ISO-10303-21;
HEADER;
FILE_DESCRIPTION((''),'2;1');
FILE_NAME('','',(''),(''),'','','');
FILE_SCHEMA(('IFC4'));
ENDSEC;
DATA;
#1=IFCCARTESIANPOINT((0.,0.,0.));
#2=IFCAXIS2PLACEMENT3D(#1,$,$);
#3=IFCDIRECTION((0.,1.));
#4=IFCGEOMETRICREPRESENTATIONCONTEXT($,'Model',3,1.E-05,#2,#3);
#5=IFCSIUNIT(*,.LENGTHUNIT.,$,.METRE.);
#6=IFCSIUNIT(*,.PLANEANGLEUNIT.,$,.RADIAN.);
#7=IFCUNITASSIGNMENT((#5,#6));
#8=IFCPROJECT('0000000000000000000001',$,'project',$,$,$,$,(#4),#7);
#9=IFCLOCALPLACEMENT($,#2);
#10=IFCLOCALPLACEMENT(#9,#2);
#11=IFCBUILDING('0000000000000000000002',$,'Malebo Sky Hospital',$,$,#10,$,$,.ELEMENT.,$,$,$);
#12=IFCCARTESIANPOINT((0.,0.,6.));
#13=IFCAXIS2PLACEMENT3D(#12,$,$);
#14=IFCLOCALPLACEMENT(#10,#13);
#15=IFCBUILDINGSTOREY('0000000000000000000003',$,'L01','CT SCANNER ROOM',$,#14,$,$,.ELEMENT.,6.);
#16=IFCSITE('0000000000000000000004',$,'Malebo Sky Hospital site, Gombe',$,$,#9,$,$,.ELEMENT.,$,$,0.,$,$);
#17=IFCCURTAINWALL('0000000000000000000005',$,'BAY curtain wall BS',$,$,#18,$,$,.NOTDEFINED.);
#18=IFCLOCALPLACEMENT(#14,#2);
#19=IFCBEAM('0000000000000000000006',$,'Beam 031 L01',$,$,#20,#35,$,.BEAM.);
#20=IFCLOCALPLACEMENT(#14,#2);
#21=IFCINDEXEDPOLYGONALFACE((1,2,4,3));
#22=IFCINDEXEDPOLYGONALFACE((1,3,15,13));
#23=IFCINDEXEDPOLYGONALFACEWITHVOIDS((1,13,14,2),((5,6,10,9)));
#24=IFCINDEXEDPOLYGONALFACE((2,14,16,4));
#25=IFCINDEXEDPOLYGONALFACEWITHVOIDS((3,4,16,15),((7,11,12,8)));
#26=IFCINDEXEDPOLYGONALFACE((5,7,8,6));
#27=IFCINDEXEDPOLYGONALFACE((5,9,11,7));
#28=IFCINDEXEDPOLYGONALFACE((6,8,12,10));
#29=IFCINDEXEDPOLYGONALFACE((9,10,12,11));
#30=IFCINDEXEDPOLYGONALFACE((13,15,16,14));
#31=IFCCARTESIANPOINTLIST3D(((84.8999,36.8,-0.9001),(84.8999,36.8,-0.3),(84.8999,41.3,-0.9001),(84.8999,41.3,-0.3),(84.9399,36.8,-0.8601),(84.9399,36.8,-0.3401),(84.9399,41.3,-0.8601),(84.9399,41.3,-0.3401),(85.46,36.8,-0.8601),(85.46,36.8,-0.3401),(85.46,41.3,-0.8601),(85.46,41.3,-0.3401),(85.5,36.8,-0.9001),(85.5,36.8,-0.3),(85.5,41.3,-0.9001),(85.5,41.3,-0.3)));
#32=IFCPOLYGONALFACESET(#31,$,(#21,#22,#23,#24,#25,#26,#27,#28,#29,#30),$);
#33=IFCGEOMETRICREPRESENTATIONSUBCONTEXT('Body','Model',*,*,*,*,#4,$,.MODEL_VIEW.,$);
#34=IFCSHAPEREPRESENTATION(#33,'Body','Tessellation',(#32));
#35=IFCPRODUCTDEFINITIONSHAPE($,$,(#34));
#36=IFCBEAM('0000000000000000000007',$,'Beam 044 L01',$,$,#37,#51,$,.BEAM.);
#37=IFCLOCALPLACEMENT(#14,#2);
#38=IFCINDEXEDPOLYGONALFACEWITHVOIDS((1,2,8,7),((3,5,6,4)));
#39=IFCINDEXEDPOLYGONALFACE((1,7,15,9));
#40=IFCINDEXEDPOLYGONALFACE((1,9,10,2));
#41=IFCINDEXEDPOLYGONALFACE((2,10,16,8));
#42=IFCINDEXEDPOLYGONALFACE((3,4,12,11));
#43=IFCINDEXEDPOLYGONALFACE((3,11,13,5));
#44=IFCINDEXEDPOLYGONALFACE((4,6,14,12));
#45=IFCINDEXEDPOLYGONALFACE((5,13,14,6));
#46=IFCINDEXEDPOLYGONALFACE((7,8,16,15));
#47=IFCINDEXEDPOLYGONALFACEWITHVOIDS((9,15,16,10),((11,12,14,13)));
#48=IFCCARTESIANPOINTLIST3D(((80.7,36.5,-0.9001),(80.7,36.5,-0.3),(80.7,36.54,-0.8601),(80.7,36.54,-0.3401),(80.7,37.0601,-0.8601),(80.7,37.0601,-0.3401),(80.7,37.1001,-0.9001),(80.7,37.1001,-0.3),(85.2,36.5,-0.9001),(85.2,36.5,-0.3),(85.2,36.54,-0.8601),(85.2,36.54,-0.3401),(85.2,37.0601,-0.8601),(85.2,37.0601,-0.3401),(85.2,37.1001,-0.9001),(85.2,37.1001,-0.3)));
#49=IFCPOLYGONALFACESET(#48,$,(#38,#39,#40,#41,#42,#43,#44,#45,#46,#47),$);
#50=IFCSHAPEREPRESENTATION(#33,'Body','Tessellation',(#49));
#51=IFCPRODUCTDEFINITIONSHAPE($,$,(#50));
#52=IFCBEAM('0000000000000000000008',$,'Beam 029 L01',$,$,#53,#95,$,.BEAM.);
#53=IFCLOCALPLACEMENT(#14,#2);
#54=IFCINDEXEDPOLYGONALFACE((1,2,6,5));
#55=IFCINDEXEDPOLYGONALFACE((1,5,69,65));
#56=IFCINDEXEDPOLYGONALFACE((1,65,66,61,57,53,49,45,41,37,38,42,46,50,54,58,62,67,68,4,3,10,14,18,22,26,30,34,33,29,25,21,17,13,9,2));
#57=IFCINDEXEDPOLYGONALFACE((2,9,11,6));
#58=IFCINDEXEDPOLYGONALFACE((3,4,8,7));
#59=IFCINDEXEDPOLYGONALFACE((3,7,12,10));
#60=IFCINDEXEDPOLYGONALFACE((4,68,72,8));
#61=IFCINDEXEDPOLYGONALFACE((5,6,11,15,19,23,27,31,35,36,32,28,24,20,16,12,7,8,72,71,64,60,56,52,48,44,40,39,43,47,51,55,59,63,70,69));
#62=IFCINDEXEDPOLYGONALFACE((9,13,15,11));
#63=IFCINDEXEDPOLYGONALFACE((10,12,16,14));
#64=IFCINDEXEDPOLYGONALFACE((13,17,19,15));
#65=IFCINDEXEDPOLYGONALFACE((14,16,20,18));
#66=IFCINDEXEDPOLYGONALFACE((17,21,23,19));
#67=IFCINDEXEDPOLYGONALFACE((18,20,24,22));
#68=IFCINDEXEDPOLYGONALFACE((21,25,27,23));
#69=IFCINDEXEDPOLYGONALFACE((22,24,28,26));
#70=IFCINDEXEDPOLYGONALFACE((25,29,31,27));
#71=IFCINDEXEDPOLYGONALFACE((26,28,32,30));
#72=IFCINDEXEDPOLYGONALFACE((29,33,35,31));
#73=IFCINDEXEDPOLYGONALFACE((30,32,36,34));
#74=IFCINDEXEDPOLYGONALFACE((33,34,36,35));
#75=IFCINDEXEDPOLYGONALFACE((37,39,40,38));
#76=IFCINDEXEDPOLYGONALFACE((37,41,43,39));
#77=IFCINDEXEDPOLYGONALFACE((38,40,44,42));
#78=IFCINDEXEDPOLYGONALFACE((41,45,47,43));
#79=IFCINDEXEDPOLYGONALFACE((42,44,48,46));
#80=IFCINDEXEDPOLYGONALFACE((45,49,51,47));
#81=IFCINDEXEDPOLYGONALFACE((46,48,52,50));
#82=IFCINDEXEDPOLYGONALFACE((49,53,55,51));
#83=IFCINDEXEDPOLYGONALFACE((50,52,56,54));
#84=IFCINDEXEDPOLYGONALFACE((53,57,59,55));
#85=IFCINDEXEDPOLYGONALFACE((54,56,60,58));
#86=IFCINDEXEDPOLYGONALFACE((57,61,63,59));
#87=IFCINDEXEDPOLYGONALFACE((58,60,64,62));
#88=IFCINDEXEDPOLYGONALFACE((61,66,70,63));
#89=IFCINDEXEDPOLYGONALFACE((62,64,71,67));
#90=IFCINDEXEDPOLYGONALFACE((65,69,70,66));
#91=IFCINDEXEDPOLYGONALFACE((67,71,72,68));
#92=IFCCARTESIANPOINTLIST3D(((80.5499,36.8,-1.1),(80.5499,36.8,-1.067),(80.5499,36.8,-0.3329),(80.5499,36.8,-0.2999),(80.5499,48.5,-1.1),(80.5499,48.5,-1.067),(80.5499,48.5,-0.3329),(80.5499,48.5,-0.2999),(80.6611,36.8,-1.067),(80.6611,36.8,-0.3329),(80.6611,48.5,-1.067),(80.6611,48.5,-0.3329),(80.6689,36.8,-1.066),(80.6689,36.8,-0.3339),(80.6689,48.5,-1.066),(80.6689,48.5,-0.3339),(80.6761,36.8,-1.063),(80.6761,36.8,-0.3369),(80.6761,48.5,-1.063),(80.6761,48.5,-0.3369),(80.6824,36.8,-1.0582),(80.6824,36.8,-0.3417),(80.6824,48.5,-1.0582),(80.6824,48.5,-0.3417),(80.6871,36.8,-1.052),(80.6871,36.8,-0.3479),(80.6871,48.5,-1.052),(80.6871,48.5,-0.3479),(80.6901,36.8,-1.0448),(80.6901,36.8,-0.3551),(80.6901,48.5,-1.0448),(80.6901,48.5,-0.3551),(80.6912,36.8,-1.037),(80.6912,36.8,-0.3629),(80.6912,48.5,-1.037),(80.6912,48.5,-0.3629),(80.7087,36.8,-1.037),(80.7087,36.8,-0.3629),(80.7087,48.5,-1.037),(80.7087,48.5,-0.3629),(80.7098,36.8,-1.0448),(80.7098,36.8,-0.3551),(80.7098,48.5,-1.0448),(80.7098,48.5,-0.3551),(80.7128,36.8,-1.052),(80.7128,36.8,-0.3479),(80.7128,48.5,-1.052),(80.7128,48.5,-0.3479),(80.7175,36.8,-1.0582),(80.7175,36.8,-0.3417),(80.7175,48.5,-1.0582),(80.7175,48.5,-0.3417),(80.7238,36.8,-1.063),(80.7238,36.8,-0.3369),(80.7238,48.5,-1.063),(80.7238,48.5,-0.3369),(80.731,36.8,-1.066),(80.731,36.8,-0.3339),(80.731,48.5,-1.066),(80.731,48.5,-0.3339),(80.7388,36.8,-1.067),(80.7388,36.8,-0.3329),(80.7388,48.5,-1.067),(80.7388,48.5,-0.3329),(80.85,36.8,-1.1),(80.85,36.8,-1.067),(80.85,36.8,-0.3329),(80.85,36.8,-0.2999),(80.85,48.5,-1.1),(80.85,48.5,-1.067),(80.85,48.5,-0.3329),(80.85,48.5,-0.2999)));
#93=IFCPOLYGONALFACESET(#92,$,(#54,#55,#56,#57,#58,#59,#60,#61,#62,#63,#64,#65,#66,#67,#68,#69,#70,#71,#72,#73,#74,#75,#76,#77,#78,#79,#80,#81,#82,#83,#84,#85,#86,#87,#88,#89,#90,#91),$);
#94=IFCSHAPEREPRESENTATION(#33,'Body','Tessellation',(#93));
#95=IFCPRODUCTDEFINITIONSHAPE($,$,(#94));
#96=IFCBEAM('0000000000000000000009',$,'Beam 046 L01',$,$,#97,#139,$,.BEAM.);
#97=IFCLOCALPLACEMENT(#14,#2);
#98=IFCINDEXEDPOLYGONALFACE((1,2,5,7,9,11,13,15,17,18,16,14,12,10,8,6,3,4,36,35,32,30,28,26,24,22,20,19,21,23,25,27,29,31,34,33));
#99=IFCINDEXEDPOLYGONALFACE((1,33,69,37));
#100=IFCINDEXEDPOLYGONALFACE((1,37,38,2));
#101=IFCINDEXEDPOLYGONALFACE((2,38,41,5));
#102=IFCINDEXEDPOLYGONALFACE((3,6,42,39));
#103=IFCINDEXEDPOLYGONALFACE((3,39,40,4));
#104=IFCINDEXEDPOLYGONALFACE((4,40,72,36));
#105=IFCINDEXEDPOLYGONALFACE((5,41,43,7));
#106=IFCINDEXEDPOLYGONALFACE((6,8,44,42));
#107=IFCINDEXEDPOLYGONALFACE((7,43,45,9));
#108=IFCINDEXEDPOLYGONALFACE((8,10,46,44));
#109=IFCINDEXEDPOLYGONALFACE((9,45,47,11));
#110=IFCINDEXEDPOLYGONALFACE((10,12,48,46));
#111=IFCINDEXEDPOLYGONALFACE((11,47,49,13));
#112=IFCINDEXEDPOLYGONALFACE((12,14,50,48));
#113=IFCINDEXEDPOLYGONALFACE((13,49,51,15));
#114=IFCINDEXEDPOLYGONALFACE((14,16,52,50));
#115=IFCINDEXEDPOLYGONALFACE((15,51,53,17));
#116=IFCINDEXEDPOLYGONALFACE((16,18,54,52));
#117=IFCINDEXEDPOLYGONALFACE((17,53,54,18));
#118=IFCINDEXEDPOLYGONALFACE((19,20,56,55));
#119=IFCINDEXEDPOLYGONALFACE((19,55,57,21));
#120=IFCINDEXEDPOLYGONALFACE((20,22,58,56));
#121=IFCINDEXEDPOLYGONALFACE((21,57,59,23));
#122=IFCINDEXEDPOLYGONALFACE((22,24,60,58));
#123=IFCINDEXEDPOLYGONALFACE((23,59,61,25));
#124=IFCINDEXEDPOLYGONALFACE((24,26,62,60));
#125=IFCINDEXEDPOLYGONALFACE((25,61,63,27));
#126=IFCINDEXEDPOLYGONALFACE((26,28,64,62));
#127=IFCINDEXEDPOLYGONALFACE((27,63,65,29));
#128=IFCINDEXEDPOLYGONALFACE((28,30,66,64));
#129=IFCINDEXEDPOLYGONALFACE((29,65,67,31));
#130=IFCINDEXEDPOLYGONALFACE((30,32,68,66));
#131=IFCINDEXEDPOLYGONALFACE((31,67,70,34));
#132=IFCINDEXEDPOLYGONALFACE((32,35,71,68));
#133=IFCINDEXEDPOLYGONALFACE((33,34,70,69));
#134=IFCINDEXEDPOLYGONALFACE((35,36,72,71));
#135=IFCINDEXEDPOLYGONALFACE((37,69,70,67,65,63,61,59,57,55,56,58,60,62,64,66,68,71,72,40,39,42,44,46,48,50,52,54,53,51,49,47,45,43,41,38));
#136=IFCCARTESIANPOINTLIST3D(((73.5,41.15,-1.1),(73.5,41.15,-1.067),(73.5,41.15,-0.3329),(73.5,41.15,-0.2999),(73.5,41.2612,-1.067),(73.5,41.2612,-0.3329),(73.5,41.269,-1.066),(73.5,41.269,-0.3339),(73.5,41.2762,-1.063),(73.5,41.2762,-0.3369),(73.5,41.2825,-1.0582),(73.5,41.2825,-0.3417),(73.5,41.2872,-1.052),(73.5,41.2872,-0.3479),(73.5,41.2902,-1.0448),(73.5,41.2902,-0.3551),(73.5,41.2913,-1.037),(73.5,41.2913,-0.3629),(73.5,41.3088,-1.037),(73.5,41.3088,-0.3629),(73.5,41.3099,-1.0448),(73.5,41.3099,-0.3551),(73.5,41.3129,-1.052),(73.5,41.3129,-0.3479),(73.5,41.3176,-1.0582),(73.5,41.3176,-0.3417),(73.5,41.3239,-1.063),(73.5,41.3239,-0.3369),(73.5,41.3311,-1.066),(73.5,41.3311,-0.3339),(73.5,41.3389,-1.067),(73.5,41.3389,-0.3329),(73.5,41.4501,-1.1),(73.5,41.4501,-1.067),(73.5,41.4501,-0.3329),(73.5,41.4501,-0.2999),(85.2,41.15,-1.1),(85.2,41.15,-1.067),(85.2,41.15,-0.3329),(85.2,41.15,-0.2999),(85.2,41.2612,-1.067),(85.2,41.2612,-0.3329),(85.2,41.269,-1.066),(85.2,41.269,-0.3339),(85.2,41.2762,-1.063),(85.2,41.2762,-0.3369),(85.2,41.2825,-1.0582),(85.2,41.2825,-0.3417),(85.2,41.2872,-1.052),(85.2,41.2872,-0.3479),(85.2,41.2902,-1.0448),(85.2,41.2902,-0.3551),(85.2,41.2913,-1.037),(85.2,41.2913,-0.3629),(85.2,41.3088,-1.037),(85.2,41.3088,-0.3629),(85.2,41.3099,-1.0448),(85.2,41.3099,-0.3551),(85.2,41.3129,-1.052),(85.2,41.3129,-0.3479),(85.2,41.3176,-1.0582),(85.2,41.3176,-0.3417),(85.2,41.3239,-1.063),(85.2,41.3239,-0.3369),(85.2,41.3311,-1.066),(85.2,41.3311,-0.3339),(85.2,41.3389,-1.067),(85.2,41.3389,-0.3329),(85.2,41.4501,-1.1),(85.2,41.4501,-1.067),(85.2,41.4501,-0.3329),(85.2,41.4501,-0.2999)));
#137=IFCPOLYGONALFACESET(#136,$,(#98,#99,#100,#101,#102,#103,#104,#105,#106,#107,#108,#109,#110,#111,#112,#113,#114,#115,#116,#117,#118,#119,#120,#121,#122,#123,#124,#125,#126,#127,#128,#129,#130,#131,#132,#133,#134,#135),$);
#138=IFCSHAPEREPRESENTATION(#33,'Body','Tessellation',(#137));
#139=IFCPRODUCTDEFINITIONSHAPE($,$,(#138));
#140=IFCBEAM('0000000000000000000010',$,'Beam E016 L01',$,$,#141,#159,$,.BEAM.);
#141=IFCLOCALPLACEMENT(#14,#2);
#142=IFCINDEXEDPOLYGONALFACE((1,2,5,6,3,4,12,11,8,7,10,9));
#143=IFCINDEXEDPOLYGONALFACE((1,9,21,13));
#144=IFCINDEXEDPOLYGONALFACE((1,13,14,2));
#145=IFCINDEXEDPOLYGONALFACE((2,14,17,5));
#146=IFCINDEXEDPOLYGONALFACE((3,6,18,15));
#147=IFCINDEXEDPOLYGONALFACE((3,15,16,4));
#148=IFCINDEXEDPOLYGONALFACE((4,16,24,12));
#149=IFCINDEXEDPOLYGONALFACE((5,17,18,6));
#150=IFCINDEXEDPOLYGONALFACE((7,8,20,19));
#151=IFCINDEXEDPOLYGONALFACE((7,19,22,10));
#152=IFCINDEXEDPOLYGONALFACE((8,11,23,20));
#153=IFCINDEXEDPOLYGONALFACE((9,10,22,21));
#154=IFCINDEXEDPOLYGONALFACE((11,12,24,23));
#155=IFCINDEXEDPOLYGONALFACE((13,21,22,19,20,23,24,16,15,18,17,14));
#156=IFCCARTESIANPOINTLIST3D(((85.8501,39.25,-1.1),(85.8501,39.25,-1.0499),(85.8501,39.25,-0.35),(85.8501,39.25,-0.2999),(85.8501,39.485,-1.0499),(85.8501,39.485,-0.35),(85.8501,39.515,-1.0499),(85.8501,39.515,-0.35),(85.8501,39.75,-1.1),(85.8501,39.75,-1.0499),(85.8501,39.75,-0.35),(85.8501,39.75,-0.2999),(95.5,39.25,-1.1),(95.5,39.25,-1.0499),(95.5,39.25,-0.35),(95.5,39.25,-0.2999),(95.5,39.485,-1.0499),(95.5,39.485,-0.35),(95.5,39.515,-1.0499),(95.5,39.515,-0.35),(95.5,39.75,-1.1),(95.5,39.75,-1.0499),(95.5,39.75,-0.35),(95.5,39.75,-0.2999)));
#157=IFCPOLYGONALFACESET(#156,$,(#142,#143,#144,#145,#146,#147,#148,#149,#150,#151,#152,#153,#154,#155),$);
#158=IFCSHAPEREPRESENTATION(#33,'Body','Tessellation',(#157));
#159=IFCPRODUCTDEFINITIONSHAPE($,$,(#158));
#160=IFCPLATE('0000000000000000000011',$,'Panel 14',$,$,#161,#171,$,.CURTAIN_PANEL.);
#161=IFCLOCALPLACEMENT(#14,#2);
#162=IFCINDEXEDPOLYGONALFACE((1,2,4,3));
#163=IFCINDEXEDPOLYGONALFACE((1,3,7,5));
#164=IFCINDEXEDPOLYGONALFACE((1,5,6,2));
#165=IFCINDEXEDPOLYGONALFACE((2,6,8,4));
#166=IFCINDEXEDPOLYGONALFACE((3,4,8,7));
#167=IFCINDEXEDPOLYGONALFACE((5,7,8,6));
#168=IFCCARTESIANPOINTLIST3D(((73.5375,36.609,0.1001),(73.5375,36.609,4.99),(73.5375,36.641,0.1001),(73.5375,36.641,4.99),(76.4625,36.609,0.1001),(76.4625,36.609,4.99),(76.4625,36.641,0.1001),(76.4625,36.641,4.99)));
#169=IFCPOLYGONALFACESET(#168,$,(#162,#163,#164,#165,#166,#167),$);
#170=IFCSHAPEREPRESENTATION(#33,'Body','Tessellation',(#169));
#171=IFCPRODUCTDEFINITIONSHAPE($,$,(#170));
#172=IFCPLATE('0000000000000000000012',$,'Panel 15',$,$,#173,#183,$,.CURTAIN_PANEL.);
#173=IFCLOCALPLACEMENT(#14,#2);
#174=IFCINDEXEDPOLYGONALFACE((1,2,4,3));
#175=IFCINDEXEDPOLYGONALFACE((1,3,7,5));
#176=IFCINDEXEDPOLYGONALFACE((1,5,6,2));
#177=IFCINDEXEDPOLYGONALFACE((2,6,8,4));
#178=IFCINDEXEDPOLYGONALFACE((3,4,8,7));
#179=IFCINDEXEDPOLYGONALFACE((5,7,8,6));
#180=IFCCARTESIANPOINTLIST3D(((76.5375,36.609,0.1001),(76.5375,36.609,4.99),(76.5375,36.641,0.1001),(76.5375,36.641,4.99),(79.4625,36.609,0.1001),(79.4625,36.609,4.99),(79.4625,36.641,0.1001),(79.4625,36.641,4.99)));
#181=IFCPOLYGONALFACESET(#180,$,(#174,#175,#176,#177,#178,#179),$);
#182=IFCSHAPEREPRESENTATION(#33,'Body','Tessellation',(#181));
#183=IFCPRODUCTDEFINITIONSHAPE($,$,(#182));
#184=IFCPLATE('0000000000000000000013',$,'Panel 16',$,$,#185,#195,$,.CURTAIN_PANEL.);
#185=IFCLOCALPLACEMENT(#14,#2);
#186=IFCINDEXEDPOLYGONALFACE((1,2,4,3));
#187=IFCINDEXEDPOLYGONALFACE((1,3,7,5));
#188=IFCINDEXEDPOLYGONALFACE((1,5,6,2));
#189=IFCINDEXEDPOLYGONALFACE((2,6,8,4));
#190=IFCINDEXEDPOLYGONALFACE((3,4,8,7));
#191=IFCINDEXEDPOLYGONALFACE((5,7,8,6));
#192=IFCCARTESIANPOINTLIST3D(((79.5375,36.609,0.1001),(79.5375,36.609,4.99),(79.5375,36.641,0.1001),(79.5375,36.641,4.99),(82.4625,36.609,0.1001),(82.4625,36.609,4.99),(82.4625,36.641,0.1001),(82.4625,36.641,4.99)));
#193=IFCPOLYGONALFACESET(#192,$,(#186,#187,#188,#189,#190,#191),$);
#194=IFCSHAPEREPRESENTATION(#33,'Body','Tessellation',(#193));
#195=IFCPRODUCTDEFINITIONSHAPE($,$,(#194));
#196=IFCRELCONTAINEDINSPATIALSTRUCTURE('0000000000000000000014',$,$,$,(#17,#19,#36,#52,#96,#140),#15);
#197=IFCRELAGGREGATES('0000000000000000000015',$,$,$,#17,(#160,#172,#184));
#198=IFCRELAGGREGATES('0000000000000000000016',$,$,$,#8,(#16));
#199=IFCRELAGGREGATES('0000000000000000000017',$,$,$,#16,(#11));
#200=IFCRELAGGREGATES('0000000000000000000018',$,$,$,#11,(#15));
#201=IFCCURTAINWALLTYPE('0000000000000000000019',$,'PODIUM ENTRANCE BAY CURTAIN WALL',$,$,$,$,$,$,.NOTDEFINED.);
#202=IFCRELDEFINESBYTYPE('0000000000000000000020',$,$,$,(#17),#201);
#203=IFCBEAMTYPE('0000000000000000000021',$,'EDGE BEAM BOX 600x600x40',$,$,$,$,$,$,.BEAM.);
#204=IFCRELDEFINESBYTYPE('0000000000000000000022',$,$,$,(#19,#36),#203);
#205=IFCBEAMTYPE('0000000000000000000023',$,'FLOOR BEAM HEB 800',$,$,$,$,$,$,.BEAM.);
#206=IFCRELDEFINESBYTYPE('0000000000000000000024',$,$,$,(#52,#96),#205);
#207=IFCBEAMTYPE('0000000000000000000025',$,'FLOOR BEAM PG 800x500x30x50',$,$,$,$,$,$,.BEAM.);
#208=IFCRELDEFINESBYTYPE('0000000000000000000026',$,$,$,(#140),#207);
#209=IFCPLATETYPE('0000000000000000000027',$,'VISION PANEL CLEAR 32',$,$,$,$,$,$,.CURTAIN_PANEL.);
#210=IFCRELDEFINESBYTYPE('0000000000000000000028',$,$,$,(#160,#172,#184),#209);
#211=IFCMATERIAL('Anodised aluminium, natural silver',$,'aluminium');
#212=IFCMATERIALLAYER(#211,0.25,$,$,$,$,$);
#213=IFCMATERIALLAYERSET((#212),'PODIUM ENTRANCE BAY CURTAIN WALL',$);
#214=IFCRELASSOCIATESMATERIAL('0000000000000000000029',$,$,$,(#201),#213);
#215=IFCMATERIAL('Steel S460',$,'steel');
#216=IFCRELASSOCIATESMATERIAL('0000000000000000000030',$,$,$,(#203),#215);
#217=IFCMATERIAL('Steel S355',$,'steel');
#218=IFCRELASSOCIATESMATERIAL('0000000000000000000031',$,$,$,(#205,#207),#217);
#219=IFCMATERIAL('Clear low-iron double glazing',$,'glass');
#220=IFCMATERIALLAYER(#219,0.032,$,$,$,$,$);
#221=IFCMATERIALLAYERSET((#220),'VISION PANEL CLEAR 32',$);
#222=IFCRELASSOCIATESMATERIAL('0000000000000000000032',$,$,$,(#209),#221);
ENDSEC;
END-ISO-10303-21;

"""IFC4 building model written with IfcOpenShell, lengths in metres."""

from ifc_helpers import new_model, si_unit, direction, frame, origin, origin_2d, place, context, subcontext, project, spatial, rectangle, hollow_rectangle, i_section, extrude, material, layer, layer_set, material_profile, profile_set, type_object, element, aggregate, save


model = new_model("IFC4")

# Units and contexts
model_context = context("Model", 3, precision=1e-05, world=origin(), true_north=direction((0.0, 1.0)))
body_context = subcontext(model_context, "Body", "Model", "MODEL_VIEW")
ifc_project = project(units=[si_unit("LENGTHUNIT", "METRE"), si_unit("PLANEANGLEUNIT", "RADIAN")], contexts=[model_context])

# Site, building, storey
site_placement = place(None, origin())
site = spatial("IfcSite", under=ifc_project, at=site_placement, Name="Malebo Sky Hospital site, Gombe", CompositionType="ELEMENT", RefElevation=0.0)
building_placement = place(site_placement, origin())
building = spatial("IfcBuilding", under=site, at=building_placement, Name="Malebo Sky Hospital", CompositionType="ELEMENT")
storey_placement = place(building_placement, frame((0.0, 0.0, 6.0)))
storey = spatial("IfcBuildingStorey", under=building, at=storey_placement, Name="L01", Description="CT SCANNER ROOM", CompositionType="ELEMENT", Elevation=6.0)

# Shared definitions
ifc_material_1 = material(Name="Steel S460", Category="steel")

# Curtain wall
ifc_material_2 = material(Name="Anodised aluminium, natural silver", Category="aluminium")
ifc_layer_1 = layer(ifc_material_2, 0.25)
ifc_layer_set_1 = layer_set([ifc_layer_1], Name="PODIUM ENTRANCE BAY CURTAIN WALL")
curtain_wall_type_1 = type_object("IfcCurtainWallType", Name="PODIUM ENTRANCE BAY CURTAIN WALL", PredefinedType="NOTDEFINED", material=ifc_layer_set_1)
curtain_wall_1_placement = place(storey_placement, origin())
curtain_wall_1 = element("IfcCurtainWall", 1, at=curtain_wall_1_placement, inside=storey, type_object=curtain_wall_type_1, Name="BAY curtain wall BS", PredefinedType="NOTDEFINED")

# Beams
ifc_material_profile_1 = material_profile(ifc_material_1, hollow_rectangle(XDim=0.6001, YDim=0.6001, WallThickness=0.04, at=origin_2d()), Name="BOX 600x600x40")
ifc_profile_set_1 = profile_set([ifc_material_profile_1], Name="Steel S460")
beam_type_1 = type_object("IfcBeamType", Name="EDGE BEAM BOX 600x600x40", PredefinedType="BEAM", material=ifc_profile_set_1)
for number, where, z_axis, x_axis, name in (
    (2, (85.2, 36.8, -0.6001), (0.0, 1.0, 0.0), (-1.0, 0.0, 0.0), "Beam 031 L01"),
    (3, (80.7, 36.8, -0.6001), (1.0, 0.0, 0.0), (0.0, 1.0, 0.0), "Beam 044 L01"),
):
    element("IfcBeam", number, at=place(storey_placement, frame(where, z_axis=z_axis, x_axis=x_axis)), inside=storey, type_object=beam_type_1, Name=name, PredefinedType="BEAM", context=body_context, shape_type="SweptSolid", body=[
        extrude(hollow_rectangle(XDim=0.6001, YDim=0.6001, WallThickness=0.04, at=origin_2d()), origin(), (0.0, 0.0, 1.0), 4.5),
    ])
ifc_material_3 = material(Name="Steel S355", Category="steel")
ifc_material_profile_2 = material_profile(ifc_material_3, i_section(OverallWidth=0.3, OverallDepth=0.8, WebThickness=0.0176, FlangeThickness=0.033, FilletRadius=0.03, at=origin_2d()), Name="HEB 800")
ifc_profile_set_2 = profile_set([ifc_material_profile_2], Name="Steel S355")
beam_type_2 = type_object("IfcBeamType", Name="FLOOR BEAM HEB 800", PredefinedType="BEAM", material=ifc_profile_set_2)
for number, where, z_axis, x_axis, name in (
    (4, (80.7, 36.8, -0.7), (0.0, 1.0, 0.0), (-1.0, 0.0, 0.0), "Beam 029 L01"),
    (5, (73.5, 41.3, -0.7), (1.0, 0.0, 0.0), (0.0, 1.0, 0.0), "Beam 046 L01"),
):
    element("IfcBeam", number, at=place(storey_placement, frame(where, z_axis=z_axis, x_axis=x_axis)), inside=storey, type_object=beam_type_2, Name=name, PredefinedType="BEAM", context=body_context, shape_type="SweptSolid", body=[
        extrude(i_section(OverallWidth=0.3, OverallDepth=0.8, WebThickness=0.0176, FlangeThickness=0.033, FilletRadius=0.03, at=origin_2d()), origin(), (0.0, 0.0, 1.0), 11.7),
    ])
ifc_material_profile_3 = material_profile(ifc_material_3, i_section(OverallWidth=0.5, OverallDepth=0.8, WebThickness=0.03, FlangeThickness=0.05, at=origin_2d()), Name="PG 800x500x30x50")
ifc_profile_set_3 = profile_set([ifc_material_profile_3], Name="Steel S355")
beam_type_3 = type_object("IfcBeamType", Name="FLOOR BEAM PG 800x500x30x50", PredefinedType="BEAM", material=ifc_profile_set_3)
beam_placement = place(storey_placement, frame((85.8501, 39.5, -0.7), z_axis=(1.0, 0.0, 0.0), x_axis=(0.0, 1.0, 0.0)))
element("IfcBeam", 6, at=beam_placement, inside=storey, type_object=beam_type_3, Name="Beam E016 L01", PredefinedType="BEAM", context=body_context, shape_type="SweptSolid", body=[
    extrude(i_section(OverallWidth=0.5, OverallDepth=0.8, WebThickness=0.03, FlangeThickness=0.05, at=origin_2d()), origin(), (0.0, 0.0, 1.0), 9.6499),
])

# Plates
ifc_material_4 = material(Name="Clear low-iron double glazing", Category="glass")
ifc_layer_2 = layer(ifc_material_4, 0.032)
ifc_layer_set_2 = layer_set([ifc_layer_2], Name="VISION PANEL CLEAR 32")
plate_type = type_object("IfcPlateType", Name="VISION PANEL CLEAR 32", PredefinedType="CURTAIN_PANEL", material=ifc_layer_set_2)
plate_1_placement = place(storey_placement, frame((75.0, 36.625, 0.1001), z_axis=(0.0, 0.0, 1.0), x_axis=(1.0, 0.0, 0.0)))
plate_1 = element("IfcPlate", 7, at=plate_1_placement, type_object=plate_type, Name="Panel 14", PredefinedType="CURTAIN_PANEL", context=body_context, shape_type="SweptSolid", body=[
    extrude(rectangle(XDim=2.925, YDim=0.032, at=origin_2d()), origin(), (0.0, 0.0, 1.0), 4.8899),
])
plate_2_placement = place(storey_placement, frame((78.0, 36.625, 0.1001), z_axis=(0.0, 0.0, 1.0), x_axis=(1.0, 0.0, 0.0)))
plate_2 = element("IfcPlate", 8, at=plate_2_placement, type_object=plate_type, Name="Panel 15", PredefinedType="CURTAIN_PANEL", context=body_context, shape_type="SweptSolid", body=[
    extrude(rectangle(XDim=2.925, YDim=0.032, at=origin_2d()), origin(), (0.0, 0.0, 1.0), 4.8899),
])
plate_3_placement = place(storey_placement, frame((81.0, 36.625, 0.1001), z_axis=(0.0, 0.0, 1.0), x_axis=(1.0, 0.0, 0.0)))
plate_3 = element("IfcPlate", 9, at=plate_3_placement, type_object=plate_type, Name="Panel 16", PredefinedType="CURTAIN_PANEL", context=body_context, shape_type="SweptSolid", body=[
    extrude(rectangle(XDim=2.925, YDim=0.032, at=origin_2d()), origin(), (0.0, 0.0, 1.0), 4.8899),
])
aggregate(curtain_wall_1, [plate_1, plate_2, plate_3])

save(model, "model.ifc")
